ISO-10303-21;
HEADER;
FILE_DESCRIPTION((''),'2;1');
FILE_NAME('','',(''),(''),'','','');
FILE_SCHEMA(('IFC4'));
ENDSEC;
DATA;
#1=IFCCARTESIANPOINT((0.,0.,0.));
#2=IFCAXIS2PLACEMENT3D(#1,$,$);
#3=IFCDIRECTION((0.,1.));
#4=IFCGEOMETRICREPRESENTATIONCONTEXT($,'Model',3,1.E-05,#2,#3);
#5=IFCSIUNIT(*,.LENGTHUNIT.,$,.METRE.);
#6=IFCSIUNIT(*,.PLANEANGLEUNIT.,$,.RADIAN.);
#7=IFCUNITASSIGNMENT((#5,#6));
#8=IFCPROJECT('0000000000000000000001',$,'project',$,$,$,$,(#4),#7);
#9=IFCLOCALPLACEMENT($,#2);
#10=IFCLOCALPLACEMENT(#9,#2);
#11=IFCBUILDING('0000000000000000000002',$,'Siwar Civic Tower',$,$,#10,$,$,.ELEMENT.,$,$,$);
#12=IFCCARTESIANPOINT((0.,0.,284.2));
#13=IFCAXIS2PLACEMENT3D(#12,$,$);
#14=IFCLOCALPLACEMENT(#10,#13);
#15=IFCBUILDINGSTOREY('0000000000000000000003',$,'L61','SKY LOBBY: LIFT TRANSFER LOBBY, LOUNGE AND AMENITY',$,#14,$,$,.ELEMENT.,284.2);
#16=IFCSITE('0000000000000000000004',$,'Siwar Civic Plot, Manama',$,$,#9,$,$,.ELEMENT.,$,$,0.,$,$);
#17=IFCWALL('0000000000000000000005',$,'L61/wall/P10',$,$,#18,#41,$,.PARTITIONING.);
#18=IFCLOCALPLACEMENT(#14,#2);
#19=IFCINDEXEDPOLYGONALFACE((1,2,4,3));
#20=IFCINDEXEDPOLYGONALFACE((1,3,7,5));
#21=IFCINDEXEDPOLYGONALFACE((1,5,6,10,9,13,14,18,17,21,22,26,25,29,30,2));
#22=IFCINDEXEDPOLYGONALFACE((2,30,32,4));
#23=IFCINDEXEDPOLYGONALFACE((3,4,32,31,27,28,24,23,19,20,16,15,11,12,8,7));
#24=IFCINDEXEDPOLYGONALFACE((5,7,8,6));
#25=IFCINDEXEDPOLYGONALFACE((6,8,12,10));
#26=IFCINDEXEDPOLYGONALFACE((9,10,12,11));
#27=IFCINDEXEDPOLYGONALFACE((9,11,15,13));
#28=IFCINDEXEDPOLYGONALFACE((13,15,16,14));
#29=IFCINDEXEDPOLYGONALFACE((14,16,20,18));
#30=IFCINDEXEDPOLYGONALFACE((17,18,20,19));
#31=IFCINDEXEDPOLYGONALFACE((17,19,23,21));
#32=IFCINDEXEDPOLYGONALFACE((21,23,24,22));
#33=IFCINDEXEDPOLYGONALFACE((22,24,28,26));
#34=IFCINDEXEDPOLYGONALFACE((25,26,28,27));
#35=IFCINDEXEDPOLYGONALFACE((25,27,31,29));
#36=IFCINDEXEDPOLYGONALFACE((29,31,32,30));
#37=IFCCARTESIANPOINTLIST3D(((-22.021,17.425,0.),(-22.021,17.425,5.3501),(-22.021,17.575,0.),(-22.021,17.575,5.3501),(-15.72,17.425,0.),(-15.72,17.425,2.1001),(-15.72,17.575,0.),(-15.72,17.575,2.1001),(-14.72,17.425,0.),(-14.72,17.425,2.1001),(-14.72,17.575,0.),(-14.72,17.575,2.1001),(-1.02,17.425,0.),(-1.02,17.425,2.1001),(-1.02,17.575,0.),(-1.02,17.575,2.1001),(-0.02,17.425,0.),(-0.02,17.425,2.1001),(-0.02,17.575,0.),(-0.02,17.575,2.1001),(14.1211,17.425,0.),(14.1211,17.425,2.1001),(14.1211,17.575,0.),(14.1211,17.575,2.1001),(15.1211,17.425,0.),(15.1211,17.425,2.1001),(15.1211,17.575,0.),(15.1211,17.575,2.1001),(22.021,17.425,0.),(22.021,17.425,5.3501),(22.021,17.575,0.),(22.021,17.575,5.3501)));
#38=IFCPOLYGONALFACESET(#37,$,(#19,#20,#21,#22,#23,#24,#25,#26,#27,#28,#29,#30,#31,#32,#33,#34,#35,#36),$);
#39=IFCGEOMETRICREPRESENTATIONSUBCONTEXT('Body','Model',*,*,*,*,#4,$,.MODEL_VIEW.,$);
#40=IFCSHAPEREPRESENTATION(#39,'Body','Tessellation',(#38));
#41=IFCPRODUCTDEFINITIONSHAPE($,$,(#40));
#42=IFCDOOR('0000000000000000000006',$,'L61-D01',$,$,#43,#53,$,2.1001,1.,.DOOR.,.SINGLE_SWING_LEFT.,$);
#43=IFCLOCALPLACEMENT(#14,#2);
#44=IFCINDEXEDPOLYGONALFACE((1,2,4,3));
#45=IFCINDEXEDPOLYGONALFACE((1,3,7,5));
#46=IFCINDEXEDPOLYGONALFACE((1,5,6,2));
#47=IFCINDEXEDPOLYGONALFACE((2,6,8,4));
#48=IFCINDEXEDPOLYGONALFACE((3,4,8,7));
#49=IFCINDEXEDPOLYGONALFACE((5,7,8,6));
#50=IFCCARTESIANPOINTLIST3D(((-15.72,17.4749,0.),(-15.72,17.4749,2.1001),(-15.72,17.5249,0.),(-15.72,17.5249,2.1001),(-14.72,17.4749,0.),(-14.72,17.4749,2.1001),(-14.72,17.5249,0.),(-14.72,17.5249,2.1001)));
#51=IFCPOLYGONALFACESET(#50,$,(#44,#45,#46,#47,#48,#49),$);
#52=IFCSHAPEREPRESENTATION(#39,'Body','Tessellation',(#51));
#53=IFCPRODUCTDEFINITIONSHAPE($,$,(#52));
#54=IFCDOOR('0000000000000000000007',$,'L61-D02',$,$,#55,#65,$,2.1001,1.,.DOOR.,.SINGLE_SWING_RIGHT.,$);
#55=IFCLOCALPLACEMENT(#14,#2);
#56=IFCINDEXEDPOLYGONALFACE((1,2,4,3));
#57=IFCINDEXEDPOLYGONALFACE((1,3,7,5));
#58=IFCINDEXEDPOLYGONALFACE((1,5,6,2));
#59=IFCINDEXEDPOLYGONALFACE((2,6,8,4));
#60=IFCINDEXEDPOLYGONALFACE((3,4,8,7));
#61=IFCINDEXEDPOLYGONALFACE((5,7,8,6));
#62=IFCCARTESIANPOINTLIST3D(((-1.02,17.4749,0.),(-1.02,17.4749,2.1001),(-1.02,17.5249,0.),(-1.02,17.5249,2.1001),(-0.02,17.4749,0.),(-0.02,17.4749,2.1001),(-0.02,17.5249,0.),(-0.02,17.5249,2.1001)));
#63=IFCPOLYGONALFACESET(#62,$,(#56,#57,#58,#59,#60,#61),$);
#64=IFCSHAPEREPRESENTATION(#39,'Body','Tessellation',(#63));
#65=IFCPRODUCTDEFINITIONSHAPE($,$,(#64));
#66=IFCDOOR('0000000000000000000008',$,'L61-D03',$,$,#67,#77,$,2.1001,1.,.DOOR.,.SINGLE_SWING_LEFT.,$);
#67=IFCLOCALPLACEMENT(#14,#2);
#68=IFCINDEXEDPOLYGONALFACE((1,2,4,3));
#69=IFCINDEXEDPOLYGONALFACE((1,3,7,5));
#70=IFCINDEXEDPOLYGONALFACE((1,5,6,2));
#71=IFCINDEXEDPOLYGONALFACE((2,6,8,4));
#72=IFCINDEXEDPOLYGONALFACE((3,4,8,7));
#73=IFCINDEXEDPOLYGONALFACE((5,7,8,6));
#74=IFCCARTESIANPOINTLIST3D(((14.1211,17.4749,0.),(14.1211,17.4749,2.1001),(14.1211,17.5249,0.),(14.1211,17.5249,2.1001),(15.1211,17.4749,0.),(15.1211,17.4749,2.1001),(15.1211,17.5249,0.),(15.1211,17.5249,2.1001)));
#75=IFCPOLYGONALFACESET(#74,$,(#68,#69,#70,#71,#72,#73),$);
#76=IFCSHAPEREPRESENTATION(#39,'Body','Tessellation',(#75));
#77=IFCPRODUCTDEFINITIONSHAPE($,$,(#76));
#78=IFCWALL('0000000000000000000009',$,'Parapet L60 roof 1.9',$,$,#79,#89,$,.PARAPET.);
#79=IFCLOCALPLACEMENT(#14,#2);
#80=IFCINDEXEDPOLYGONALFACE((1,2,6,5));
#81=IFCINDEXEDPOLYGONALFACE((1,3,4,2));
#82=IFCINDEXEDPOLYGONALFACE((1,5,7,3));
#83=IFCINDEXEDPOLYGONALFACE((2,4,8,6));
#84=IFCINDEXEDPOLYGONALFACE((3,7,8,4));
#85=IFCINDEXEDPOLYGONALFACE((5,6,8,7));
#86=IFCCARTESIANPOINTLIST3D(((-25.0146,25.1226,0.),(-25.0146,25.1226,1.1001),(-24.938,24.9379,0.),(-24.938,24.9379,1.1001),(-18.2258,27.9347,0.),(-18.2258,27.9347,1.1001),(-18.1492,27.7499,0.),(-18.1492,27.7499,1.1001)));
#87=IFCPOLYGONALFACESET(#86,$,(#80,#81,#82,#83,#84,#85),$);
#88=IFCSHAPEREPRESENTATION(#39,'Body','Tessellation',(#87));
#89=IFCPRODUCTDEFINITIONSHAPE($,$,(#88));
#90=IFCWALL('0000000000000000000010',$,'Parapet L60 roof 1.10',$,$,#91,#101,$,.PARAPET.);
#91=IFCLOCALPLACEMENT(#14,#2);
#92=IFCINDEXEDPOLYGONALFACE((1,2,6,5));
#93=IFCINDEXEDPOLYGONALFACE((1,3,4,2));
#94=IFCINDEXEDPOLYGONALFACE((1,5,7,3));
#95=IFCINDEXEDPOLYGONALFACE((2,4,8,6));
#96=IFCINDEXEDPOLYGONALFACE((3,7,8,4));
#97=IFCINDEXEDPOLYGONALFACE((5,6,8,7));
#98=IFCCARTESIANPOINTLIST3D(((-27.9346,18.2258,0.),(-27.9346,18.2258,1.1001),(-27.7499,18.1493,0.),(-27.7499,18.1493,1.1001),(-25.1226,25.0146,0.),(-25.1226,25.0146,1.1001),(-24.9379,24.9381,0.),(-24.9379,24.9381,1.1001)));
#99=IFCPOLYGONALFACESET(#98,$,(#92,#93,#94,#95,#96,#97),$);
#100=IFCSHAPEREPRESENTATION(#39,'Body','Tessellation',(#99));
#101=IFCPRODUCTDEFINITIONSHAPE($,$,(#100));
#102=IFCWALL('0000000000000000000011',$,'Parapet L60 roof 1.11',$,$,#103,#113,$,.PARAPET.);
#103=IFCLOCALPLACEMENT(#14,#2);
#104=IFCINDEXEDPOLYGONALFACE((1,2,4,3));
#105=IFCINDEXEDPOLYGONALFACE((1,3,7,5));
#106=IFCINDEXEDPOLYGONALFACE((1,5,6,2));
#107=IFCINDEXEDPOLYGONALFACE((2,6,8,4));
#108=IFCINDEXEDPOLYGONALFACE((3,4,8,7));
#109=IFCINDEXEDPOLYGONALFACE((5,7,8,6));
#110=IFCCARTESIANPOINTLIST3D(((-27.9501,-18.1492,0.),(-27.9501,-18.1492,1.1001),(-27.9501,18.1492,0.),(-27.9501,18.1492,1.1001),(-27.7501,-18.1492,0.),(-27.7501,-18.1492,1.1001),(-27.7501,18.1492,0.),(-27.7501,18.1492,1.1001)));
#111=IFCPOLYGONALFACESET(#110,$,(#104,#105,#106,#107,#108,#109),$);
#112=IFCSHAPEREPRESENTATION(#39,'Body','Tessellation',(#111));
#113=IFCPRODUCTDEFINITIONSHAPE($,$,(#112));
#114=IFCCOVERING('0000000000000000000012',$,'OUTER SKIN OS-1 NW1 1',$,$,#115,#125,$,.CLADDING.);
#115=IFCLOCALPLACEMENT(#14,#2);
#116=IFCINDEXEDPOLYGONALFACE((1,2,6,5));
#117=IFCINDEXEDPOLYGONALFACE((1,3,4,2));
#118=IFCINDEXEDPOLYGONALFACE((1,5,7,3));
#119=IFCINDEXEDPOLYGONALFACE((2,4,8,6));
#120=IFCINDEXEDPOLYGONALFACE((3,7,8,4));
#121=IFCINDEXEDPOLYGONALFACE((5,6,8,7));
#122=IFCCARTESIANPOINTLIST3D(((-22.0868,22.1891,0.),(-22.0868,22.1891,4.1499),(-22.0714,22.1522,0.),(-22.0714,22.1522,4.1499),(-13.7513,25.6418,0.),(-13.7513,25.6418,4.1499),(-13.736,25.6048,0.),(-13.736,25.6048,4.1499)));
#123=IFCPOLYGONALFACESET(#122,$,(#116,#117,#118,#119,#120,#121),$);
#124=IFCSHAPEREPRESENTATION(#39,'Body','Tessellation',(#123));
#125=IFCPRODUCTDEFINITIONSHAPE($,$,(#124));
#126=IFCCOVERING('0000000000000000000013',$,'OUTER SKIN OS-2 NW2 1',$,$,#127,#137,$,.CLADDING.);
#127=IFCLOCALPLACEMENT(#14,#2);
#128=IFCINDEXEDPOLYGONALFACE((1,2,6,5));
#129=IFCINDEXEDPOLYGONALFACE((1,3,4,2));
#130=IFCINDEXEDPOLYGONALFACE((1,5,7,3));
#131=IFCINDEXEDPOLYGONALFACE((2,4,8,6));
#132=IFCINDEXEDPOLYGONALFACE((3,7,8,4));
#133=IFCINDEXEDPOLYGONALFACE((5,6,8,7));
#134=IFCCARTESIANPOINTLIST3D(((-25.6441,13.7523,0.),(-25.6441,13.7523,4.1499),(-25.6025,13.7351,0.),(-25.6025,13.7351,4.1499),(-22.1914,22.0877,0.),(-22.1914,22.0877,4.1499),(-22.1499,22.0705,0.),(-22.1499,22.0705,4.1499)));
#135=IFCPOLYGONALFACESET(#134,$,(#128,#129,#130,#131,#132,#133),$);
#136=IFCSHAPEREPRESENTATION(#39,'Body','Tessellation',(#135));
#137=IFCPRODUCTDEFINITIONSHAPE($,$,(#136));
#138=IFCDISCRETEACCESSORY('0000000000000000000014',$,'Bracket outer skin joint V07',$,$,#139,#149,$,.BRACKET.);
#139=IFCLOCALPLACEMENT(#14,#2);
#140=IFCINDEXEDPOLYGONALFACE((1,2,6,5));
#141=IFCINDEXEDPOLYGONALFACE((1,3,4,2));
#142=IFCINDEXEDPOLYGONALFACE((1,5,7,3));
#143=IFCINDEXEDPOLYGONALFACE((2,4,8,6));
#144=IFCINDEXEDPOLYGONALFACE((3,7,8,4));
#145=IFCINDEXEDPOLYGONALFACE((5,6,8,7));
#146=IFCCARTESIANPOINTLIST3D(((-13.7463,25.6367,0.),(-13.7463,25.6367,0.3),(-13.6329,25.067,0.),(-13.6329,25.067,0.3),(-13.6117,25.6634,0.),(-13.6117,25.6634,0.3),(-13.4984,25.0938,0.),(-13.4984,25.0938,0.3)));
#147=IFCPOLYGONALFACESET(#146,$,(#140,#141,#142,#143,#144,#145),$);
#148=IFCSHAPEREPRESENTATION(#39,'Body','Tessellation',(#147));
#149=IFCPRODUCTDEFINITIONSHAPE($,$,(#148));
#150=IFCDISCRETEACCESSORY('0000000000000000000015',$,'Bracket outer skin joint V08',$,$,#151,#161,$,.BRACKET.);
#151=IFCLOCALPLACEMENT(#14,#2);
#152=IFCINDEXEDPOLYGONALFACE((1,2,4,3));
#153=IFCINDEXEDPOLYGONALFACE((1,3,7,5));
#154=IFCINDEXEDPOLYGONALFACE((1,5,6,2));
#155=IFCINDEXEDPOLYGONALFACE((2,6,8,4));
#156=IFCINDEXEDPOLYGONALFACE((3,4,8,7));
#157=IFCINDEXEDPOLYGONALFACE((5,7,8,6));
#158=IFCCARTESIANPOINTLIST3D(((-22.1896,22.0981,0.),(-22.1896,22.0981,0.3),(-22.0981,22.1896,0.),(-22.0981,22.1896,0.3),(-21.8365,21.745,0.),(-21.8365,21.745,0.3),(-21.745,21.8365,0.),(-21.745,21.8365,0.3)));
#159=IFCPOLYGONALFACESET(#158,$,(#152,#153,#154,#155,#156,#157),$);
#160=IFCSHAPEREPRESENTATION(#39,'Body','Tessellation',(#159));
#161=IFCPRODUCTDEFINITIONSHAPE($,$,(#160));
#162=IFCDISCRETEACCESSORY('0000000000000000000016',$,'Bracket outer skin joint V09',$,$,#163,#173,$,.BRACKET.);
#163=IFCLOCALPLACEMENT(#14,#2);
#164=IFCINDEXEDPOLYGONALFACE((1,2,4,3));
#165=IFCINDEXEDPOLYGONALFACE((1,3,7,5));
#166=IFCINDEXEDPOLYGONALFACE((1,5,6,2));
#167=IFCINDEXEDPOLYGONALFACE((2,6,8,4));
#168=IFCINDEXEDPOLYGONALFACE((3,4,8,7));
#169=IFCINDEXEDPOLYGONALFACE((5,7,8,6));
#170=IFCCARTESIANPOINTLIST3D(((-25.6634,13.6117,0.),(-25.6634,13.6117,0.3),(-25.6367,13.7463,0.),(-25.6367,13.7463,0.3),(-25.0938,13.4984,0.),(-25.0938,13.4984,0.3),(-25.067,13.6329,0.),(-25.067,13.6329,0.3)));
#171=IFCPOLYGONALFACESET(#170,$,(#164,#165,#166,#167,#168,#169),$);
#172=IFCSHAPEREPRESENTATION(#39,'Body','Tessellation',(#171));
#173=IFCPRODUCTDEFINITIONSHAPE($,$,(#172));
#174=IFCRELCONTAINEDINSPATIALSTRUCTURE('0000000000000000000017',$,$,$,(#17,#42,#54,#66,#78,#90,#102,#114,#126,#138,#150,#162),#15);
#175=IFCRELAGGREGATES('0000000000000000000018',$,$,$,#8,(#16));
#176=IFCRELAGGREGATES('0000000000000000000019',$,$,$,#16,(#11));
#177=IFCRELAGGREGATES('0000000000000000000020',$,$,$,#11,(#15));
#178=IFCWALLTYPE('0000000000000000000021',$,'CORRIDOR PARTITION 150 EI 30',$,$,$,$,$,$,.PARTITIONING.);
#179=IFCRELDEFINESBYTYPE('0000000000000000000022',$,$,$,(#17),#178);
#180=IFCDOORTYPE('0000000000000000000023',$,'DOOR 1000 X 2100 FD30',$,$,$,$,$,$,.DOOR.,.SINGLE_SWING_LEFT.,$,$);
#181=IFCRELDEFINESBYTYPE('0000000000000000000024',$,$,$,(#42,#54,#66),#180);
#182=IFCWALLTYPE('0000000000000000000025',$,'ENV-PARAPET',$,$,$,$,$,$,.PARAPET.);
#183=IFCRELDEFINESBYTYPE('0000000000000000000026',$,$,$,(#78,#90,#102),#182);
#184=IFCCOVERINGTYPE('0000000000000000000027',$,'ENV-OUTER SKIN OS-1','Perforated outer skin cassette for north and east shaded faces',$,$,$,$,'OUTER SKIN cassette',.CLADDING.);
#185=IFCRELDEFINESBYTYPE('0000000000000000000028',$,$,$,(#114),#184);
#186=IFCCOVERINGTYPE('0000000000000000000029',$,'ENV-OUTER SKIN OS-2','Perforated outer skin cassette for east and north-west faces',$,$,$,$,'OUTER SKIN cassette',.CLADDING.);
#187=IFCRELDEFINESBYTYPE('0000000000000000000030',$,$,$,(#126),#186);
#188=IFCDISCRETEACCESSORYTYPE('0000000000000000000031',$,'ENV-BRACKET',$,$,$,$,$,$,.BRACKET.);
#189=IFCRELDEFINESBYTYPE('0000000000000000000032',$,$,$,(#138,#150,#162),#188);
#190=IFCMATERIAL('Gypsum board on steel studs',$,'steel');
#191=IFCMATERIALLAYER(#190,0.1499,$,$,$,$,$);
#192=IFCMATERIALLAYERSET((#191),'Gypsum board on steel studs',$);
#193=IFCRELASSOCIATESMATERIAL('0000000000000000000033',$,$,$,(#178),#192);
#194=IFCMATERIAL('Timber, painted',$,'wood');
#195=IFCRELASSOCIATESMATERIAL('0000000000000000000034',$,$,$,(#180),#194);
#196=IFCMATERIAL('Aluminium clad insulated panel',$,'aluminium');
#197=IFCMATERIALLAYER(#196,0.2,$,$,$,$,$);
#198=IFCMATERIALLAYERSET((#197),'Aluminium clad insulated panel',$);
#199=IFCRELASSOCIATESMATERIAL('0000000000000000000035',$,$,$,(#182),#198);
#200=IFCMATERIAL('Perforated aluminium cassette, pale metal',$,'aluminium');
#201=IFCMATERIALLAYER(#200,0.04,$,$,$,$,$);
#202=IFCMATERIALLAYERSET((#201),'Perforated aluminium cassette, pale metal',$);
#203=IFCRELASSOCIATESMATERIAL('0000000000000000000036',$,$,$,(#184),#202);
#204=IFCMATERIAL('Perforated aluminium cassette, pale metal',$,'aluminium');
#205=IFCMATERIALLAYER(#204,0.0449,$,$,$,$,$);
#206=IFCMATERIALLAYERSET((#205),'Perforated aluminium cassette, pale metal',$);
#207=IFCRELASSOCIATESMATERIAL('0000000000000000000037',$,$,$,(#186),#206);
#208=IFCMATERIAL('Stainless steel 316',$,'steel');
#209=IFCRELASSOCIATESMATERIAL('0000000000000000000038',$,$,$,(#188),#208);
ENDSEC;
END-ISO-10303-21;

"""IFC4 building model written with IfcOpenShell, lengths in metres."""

from ifc_helpers import new_model, si_unit, direction, frame, frame_2d, origin, origin_2d, place, context, subcontext, project, spatial, rectangle, extrude, material, layer, layer_set, type_object, element, fill, save


model = new_model("IFC4")

# Units and contexts
model_context = context("Model", 3, precision=1e-05, world=origin(), true_north=direction((0.0, 1.0)))
body_context = subcontext(model_context, "Body", "Model", "MODEL_VIEW")
ifc_project = project(units=[si_unit("LENGTHUNIT", "METRE"), si_unit("PLANEANGLEUNIT", "RADIAN")], contexts=[model_context])

# Site, building, storey
site_placement = place(None, origin())
site = spatial("IfcSite", under=ifc_project, at=site_placement, Name="Siwar Civic Plot, Manama", CompositionType="ELEMENT", RefElevation=0.0)
building_placement = place(site_placement, origin())
building = spatial("IfcBuilding", under=site, at=building_placement, Name="Siwar Civic Tower", CompositionType="ELEMENT")
storey_placement = place(building_placement, frame((0.0, 0.0, 284.2)))
storey = spatial("IfcBuildingStorey", under=building, at=storey_placement, Name="L61", Description="SKY LOBBY: LIFT TRANSFER LOBBY, LOUNGE AND AMENITY", CompositionType="ELEMENT", Elevation=284.2)

# Wall, openings, doors
ifc_material_1 = material(Name="Gypsum board on steel studs", Category="steel")
ifc_layer_1 = layer(ifc_material_1, 0.1499)
ifc_layer_set_1 = layer_set([ifc_layer_1], Name="Gypsum board on steel studs")
wall_type_1 = type_object("IfcWallType", Name="CORRIDOR PARTITION 150 EI 30", PredefinedType="PARTITIONING", material=ifc_layer_set_1)
wall_1_placement = place(storey_placement, frame((-22.021, 17.5, 0.0), z_axis=(0.0, 0.0, 1.0), x_axis=(1.0, 0.0, 0.0)))
wall_1 = element("IfcWall", 1, at=wall_1_placement, inside=storey, type_object=wall_type_1, Name="L61/wall/P10", PredefinedType="PARTITIONING", context=body_context, shape_type="SweptSolid", body=[
    extrude(rectangle(XDim=44.042, YDim=0.1499, at=frame_2d((22.021, 0.0))), origin(), (0.0, 0.0, 1.0), 5.3501),
])
opening_1_placement = place(wall_1_placement, frame((6.301, 0.0, 0.0)))
opening_1 = element("IfcOpeningElement", 2, at=opening_1_placement, cuts=wall_1, PredefinedType="OPENING", context=body_context, shape_type="SweptSolid", body=[
    extrude(rectangle(XDim=1.0, YDim=2.1001, at=frame_2d((0.5, 1.05))), frame((0.0, 0.085, 0.0), z_axis=(0.0, -1.0, 0.0), x_axis=(1.0, 0.0, 0.0)), (0.0, 0.0, 1.0), 0.1699),
])
opening_2_placement = place(wall_1_placement, frame((21.001, 0.0, 0.0)))
opening_2 = element("IfcOpeningElement", 3, at=opening_2_placement, cuts=wall_1, PredefinedType="OPENING", context=body_context, shape_type="SweptSolid", body=[
    extrude(rectangle(XDim=1.0, YDim=2.1001, at=frame_2d((0.5, 1.05))), frame((0.0, 0.085, 0.0), z_axis=(0.0, -1.0, 0.0), x_axis=(1.0, 0.0, 0.0)), (0.0, 0.0, 1.0), 0.1699),
])
opening_3_placement = place(wall_1_placement, frame((36.1421, 0.0, 0.0)))
opening_3 = element("IfcOpeningElement", 4, at=opening_3_placement, cuts=wall_1, PredefinedType="OPENING", context=body_context, shape_type="SweptSolid", body=[
    extrude(rectangle(XDim=1.0, YDim=2.1001, at=frame_2d((0.5, 1.05))), frame((0.0, 0.085, 0.0), z_axis=(0.0, -1.0, 0.0), x_axis=(1.0, 0.0, 0.0)), (0.0, 0.0, 1.0), 0.1699),
])
ifc_material_2 = material(Name="Timber, painted", Category="wood")
door_type = type_object("IfcDoorType", Name="DOOR 1000 X 2100 FD30", OperationType="SINGLE_SWING_LEFT", PredefinedType="DOOR", material=ifc_material_2)
door_1_placement = place(opening_1_placement, origin())
door_1 = element("IfcDoor", 5, at=door_1_placement, inside=storey, type_object=door_type, Name="L61-D01", OperationType="SINGLE_SWING_LEFT", OverallHeight=2.1001, OverallWidth=1.0, PredefinedType="DOOR", context=body_context, shape_type="SweptSolid", body=[
    extrude(rectangle(XDim=1.0, YDim=2.1001, at=frame_2d((0.5, 1.05))), frame((0.0, 0.0249, 0.0), z_axis=(0.0, -1.0, 0.0), x_axis=(1.0, 0.0, 0.0)), (0.0, 0.0, 1.0), 0.05),
])
fill(opening_1, door_1)
door_2_placement = place(opening_2_placement, origin())
door_2 = element("IfcDoor", 6, at=door_2_placement, inside=storey, type_object=door_type, Name="L61-D02", OperationType="SINGLE_SWING_RIGHT", OverallHeight=2.1001, OverallWidth=1.0, PredefinedType="DOOR", context=body_context, shape_type="SweptSolid", body=[
    extrude(rectangle(XDim=1.0, YDim=2.1001, at=frame_2d((0.5, 1.05))), frame((0.0, 0.0249, 0.0), z_axis=(0.0, -1.0, 0.0), x_axis=(1.0, 0.0, 0.0)), (0.0, 0.0, 1.0), 0.05),
])
fill(opening_2, door_2)
door_3_placement = place(opening_3_placement, origin())
door_3 = element("IfcDoor", 7, at=door_3_placement, inside=storey, type_object=door_type, Name="L61-D03", OperationType="SINGLE_SWING_LEFT", OverallHeight=2.1001, OverallWidth=1.0, PredefinedType="DOOR", context=body_context, shape_type="SweptSolid", body=[
    extrude(rectangle(XDim=1.0, YDim=2.1001, at=frame_2d((0.5, 1.05))), frame((0.0, 0.0249, 0.0), z_axis=(0.0, -1.0, 0.0), x_axis=(1.0, 0.0, 0.0)), (0.0, 0.0, 1.0), 0.05),
])
fill(opening_3, door_3)

# Walls
ifc_material_3 = material(Name="Aluminium clad insulated panel", Category="aluminium")
ifc_layer_2 = layer(ifc_material_3, 0.2)
ifc_layer_set_2 = layer_set([ifc_layer_2], Name="Aluminium clad insulated panel")
wall_type_2 = type_object("IfcWallType", Name="ENV-PARAPET", PredefinedType="PARAPET", material=ifc_layer_set_2)
for number, where, z_axis, x_axis, name in (
    (8, (-18.1875, 27.8423, 0.0), (0.0, 0.0, 1.0), (-0.92388, -0.382682, 0.0), "Parapet L60 roof 1.9"),
    (9, (-25.0303, 24.9763, 0.0), (0.0, 0.0, 1.0), (-0.382682, -0.92388, 0.0), "Parapet L60 roof 1.10"),
):
    element("IfcWall", number, at=place(storey_placement, frame(where, z_axis=z_axis, x_axis=x_axis)), inside=storey, type_object=wall_type_2, Name=name, PredefinedType="PARAPET", context=body_context, shape_type="SweptSolid", body=[
        extrude(rectangle(XDim=7.3481, YDim=0.2, at=frame_2d((3.6741, 0.0))), origin(), (0.0, 0.0, 1.0), 1.1001),
    ])
wall_2_placement = place(storey_placement, frame((-27.8501, 18.1492, 0.0), z_axis=(0.0, 0.0, 1.0), x_axis=(0.0, -1.0, 0.0)))
element("IfcWall", 10, at=wall_2_placement, inside=storey, type_object=wall_type_2, Name="Parapet L60 roof 1.11", PredefinedType="PARAPET", context=body_context, shape_type="SweptSolid", body=[
    extrude(rectangle(XDim=36.2983, YDim=0.2, at=frame_2d((18.1492, 0.0))), origin(), (0.0, 0.0, 1.0), 1.1001),
])

# Coverings
ifc_material_4 = material(Name="Perforated aluminium cassette, pale metal", Category="aluminium")
ifc_layer_3 = layer(ifc_material_4, 0.04)
ifc_layer_set_3 = layer_set([ifc_layer_3], Name="Perforated aluminium cassette, pale metal")
covering_type_1 = type_object("IfcCoveringType", Name="ENV-OUTER SKIN OS-1", Description="Perforated outer skin cassette for north and east shaded faces", ElementType="OUTER SKIN cassette", PredefinedType="CLADDING", material=ifc_layer_set_3)
covering_1_placement = place(storey_placement, frame((-17.9114, 23.897, 0.0), z_axis=(0.0, 0.0, 1.0), x_axis=(-0.92388, -0.382683, 0.0)))
element("IfcCovering", 11, at=covering_1_placement, inside=storey, type_object=covering_type_1, Name="OUTER SKIN OS-1 NW1 1", PredefinedType="CLADDING", context=body_context, shape_type="SweptSolid", body=[
    extrude(rectangle(XDim=9.0222, YDim=0.04, at=origin_2d()), origin(), (0.0, 0.0, 1.0), 4.1499),
])
ifc_material_5 = material(Name="Perforated aluminium cassette, pale metal", Category="aluminium")
ifc_layer_4 = layer(ifc_material_5, 0.0449)
ifc_layer_set_4 = layer_set([ifc_layer_4], Name="Perforated aluminium cassette, pale metal")
covering_type_2 = type_object("IfcCoveringType", Name="ENV-OUTER SKIN OS-2", Description="Perforated outer skin cassette for east and north-west faces", ElementType="OUTER SKIN cassette", PredefinedType="CLADDING", material=ifc_layer_set_4)
covering_2_placement = place(storey_placement, frame((-23.897, 17.9114, 0.0), z_axis=(0.0, 0.0, 1.0), x_axis=(-0.382683, -0.92388, 0.0)))
element("IfcCovering", 12, at=covering_2_placement, inside=storey, type_object=covering_type_2, Name="OUTER SKIN OS-2 NW2 1", PredefinedType="CLADDING", context=body_context, shape_type="SweptSolid", body=[
    extrude(rectangle(XDim=9.0222, YDim=0.0449, at=origin_2d()), origin(), (0.0, 0.0, 1.0), 4.1499),
])

# Discrete accessories
ifc_material_6 = material(Name="Stainless steel 316", Category="steel")
discrete_accessory_type = type_object("IfcDiscreteAccessoryType", Name="ENV-BRACKET", PredefinedType="BRACKET", material=ifc_material_6)
discrete_accessory_1_placement = place(storey_placement, frame((-13.6223, 25.3652, 0.0), z_axis=(0.0, 0.0, 1.0), x_axis=(-0.19509, 0.980785, 0.0)))
element("IfcDiscreteAccessory", 13, at=discrete_accessory_1_placement, inside=storey, type_object=discrete_accessory_type, Name="Bracket outer skin joint V07", PredefinedType="BRACKET", context=body_context, shape_type="SweptSolid", body=[
    extrude(rectangle(XDim=0.5808, YDim=0.1372, at=origin_2d()), origin(), (0.0, 0.0, 1.0), 0.3),
])
discrete_accessory_2_placement = place(storey_placement, frame((-21.9673, 21.9673, 0.0), z_axis=(0.0, 0.0, 1.0), x_axis=(-0.707107, 0.707107, 0.0)))
element("IfcDiscreteAccessory", 14, at=discrete_accessory_2_placement, inside=storey, type_object=discrete_accessory_type, Name="Bracket outer skin joint V08", PredefinedType="BRACKET", context=body_context, shape_type="SweptSolid", body=[
    extrude(rectangle(XDim=0.4993, YDim=0.1294, at=origin_2d()), origin(), (0.0, 0.0, 1.0), 0.3),
])
discrete_accessory_3_placement = place(storey_placement, frame((-25.3652, 13.6223, 0.0), z_axis=(0.0, 0.0, 1.0), x_axis=(-0.980785, 0.19509, 0.0)))
element("IfcDiscreteAccessory", 15, at=discrete_accessory_3_placement, inside=storey, type_object=discrete_accessory_type, Name="Bracket outer skin joint V09", PredefinedType="BRACKET", context=body_context, shape_type="SweptSolid", body=[
    extrude(rectangle(XDim=0.5808, YDim=0.1372, at=origin_2d()), origin(), (0.0, 0.0, 1.0), 0.3),
])

save(model, "model.ifc")
